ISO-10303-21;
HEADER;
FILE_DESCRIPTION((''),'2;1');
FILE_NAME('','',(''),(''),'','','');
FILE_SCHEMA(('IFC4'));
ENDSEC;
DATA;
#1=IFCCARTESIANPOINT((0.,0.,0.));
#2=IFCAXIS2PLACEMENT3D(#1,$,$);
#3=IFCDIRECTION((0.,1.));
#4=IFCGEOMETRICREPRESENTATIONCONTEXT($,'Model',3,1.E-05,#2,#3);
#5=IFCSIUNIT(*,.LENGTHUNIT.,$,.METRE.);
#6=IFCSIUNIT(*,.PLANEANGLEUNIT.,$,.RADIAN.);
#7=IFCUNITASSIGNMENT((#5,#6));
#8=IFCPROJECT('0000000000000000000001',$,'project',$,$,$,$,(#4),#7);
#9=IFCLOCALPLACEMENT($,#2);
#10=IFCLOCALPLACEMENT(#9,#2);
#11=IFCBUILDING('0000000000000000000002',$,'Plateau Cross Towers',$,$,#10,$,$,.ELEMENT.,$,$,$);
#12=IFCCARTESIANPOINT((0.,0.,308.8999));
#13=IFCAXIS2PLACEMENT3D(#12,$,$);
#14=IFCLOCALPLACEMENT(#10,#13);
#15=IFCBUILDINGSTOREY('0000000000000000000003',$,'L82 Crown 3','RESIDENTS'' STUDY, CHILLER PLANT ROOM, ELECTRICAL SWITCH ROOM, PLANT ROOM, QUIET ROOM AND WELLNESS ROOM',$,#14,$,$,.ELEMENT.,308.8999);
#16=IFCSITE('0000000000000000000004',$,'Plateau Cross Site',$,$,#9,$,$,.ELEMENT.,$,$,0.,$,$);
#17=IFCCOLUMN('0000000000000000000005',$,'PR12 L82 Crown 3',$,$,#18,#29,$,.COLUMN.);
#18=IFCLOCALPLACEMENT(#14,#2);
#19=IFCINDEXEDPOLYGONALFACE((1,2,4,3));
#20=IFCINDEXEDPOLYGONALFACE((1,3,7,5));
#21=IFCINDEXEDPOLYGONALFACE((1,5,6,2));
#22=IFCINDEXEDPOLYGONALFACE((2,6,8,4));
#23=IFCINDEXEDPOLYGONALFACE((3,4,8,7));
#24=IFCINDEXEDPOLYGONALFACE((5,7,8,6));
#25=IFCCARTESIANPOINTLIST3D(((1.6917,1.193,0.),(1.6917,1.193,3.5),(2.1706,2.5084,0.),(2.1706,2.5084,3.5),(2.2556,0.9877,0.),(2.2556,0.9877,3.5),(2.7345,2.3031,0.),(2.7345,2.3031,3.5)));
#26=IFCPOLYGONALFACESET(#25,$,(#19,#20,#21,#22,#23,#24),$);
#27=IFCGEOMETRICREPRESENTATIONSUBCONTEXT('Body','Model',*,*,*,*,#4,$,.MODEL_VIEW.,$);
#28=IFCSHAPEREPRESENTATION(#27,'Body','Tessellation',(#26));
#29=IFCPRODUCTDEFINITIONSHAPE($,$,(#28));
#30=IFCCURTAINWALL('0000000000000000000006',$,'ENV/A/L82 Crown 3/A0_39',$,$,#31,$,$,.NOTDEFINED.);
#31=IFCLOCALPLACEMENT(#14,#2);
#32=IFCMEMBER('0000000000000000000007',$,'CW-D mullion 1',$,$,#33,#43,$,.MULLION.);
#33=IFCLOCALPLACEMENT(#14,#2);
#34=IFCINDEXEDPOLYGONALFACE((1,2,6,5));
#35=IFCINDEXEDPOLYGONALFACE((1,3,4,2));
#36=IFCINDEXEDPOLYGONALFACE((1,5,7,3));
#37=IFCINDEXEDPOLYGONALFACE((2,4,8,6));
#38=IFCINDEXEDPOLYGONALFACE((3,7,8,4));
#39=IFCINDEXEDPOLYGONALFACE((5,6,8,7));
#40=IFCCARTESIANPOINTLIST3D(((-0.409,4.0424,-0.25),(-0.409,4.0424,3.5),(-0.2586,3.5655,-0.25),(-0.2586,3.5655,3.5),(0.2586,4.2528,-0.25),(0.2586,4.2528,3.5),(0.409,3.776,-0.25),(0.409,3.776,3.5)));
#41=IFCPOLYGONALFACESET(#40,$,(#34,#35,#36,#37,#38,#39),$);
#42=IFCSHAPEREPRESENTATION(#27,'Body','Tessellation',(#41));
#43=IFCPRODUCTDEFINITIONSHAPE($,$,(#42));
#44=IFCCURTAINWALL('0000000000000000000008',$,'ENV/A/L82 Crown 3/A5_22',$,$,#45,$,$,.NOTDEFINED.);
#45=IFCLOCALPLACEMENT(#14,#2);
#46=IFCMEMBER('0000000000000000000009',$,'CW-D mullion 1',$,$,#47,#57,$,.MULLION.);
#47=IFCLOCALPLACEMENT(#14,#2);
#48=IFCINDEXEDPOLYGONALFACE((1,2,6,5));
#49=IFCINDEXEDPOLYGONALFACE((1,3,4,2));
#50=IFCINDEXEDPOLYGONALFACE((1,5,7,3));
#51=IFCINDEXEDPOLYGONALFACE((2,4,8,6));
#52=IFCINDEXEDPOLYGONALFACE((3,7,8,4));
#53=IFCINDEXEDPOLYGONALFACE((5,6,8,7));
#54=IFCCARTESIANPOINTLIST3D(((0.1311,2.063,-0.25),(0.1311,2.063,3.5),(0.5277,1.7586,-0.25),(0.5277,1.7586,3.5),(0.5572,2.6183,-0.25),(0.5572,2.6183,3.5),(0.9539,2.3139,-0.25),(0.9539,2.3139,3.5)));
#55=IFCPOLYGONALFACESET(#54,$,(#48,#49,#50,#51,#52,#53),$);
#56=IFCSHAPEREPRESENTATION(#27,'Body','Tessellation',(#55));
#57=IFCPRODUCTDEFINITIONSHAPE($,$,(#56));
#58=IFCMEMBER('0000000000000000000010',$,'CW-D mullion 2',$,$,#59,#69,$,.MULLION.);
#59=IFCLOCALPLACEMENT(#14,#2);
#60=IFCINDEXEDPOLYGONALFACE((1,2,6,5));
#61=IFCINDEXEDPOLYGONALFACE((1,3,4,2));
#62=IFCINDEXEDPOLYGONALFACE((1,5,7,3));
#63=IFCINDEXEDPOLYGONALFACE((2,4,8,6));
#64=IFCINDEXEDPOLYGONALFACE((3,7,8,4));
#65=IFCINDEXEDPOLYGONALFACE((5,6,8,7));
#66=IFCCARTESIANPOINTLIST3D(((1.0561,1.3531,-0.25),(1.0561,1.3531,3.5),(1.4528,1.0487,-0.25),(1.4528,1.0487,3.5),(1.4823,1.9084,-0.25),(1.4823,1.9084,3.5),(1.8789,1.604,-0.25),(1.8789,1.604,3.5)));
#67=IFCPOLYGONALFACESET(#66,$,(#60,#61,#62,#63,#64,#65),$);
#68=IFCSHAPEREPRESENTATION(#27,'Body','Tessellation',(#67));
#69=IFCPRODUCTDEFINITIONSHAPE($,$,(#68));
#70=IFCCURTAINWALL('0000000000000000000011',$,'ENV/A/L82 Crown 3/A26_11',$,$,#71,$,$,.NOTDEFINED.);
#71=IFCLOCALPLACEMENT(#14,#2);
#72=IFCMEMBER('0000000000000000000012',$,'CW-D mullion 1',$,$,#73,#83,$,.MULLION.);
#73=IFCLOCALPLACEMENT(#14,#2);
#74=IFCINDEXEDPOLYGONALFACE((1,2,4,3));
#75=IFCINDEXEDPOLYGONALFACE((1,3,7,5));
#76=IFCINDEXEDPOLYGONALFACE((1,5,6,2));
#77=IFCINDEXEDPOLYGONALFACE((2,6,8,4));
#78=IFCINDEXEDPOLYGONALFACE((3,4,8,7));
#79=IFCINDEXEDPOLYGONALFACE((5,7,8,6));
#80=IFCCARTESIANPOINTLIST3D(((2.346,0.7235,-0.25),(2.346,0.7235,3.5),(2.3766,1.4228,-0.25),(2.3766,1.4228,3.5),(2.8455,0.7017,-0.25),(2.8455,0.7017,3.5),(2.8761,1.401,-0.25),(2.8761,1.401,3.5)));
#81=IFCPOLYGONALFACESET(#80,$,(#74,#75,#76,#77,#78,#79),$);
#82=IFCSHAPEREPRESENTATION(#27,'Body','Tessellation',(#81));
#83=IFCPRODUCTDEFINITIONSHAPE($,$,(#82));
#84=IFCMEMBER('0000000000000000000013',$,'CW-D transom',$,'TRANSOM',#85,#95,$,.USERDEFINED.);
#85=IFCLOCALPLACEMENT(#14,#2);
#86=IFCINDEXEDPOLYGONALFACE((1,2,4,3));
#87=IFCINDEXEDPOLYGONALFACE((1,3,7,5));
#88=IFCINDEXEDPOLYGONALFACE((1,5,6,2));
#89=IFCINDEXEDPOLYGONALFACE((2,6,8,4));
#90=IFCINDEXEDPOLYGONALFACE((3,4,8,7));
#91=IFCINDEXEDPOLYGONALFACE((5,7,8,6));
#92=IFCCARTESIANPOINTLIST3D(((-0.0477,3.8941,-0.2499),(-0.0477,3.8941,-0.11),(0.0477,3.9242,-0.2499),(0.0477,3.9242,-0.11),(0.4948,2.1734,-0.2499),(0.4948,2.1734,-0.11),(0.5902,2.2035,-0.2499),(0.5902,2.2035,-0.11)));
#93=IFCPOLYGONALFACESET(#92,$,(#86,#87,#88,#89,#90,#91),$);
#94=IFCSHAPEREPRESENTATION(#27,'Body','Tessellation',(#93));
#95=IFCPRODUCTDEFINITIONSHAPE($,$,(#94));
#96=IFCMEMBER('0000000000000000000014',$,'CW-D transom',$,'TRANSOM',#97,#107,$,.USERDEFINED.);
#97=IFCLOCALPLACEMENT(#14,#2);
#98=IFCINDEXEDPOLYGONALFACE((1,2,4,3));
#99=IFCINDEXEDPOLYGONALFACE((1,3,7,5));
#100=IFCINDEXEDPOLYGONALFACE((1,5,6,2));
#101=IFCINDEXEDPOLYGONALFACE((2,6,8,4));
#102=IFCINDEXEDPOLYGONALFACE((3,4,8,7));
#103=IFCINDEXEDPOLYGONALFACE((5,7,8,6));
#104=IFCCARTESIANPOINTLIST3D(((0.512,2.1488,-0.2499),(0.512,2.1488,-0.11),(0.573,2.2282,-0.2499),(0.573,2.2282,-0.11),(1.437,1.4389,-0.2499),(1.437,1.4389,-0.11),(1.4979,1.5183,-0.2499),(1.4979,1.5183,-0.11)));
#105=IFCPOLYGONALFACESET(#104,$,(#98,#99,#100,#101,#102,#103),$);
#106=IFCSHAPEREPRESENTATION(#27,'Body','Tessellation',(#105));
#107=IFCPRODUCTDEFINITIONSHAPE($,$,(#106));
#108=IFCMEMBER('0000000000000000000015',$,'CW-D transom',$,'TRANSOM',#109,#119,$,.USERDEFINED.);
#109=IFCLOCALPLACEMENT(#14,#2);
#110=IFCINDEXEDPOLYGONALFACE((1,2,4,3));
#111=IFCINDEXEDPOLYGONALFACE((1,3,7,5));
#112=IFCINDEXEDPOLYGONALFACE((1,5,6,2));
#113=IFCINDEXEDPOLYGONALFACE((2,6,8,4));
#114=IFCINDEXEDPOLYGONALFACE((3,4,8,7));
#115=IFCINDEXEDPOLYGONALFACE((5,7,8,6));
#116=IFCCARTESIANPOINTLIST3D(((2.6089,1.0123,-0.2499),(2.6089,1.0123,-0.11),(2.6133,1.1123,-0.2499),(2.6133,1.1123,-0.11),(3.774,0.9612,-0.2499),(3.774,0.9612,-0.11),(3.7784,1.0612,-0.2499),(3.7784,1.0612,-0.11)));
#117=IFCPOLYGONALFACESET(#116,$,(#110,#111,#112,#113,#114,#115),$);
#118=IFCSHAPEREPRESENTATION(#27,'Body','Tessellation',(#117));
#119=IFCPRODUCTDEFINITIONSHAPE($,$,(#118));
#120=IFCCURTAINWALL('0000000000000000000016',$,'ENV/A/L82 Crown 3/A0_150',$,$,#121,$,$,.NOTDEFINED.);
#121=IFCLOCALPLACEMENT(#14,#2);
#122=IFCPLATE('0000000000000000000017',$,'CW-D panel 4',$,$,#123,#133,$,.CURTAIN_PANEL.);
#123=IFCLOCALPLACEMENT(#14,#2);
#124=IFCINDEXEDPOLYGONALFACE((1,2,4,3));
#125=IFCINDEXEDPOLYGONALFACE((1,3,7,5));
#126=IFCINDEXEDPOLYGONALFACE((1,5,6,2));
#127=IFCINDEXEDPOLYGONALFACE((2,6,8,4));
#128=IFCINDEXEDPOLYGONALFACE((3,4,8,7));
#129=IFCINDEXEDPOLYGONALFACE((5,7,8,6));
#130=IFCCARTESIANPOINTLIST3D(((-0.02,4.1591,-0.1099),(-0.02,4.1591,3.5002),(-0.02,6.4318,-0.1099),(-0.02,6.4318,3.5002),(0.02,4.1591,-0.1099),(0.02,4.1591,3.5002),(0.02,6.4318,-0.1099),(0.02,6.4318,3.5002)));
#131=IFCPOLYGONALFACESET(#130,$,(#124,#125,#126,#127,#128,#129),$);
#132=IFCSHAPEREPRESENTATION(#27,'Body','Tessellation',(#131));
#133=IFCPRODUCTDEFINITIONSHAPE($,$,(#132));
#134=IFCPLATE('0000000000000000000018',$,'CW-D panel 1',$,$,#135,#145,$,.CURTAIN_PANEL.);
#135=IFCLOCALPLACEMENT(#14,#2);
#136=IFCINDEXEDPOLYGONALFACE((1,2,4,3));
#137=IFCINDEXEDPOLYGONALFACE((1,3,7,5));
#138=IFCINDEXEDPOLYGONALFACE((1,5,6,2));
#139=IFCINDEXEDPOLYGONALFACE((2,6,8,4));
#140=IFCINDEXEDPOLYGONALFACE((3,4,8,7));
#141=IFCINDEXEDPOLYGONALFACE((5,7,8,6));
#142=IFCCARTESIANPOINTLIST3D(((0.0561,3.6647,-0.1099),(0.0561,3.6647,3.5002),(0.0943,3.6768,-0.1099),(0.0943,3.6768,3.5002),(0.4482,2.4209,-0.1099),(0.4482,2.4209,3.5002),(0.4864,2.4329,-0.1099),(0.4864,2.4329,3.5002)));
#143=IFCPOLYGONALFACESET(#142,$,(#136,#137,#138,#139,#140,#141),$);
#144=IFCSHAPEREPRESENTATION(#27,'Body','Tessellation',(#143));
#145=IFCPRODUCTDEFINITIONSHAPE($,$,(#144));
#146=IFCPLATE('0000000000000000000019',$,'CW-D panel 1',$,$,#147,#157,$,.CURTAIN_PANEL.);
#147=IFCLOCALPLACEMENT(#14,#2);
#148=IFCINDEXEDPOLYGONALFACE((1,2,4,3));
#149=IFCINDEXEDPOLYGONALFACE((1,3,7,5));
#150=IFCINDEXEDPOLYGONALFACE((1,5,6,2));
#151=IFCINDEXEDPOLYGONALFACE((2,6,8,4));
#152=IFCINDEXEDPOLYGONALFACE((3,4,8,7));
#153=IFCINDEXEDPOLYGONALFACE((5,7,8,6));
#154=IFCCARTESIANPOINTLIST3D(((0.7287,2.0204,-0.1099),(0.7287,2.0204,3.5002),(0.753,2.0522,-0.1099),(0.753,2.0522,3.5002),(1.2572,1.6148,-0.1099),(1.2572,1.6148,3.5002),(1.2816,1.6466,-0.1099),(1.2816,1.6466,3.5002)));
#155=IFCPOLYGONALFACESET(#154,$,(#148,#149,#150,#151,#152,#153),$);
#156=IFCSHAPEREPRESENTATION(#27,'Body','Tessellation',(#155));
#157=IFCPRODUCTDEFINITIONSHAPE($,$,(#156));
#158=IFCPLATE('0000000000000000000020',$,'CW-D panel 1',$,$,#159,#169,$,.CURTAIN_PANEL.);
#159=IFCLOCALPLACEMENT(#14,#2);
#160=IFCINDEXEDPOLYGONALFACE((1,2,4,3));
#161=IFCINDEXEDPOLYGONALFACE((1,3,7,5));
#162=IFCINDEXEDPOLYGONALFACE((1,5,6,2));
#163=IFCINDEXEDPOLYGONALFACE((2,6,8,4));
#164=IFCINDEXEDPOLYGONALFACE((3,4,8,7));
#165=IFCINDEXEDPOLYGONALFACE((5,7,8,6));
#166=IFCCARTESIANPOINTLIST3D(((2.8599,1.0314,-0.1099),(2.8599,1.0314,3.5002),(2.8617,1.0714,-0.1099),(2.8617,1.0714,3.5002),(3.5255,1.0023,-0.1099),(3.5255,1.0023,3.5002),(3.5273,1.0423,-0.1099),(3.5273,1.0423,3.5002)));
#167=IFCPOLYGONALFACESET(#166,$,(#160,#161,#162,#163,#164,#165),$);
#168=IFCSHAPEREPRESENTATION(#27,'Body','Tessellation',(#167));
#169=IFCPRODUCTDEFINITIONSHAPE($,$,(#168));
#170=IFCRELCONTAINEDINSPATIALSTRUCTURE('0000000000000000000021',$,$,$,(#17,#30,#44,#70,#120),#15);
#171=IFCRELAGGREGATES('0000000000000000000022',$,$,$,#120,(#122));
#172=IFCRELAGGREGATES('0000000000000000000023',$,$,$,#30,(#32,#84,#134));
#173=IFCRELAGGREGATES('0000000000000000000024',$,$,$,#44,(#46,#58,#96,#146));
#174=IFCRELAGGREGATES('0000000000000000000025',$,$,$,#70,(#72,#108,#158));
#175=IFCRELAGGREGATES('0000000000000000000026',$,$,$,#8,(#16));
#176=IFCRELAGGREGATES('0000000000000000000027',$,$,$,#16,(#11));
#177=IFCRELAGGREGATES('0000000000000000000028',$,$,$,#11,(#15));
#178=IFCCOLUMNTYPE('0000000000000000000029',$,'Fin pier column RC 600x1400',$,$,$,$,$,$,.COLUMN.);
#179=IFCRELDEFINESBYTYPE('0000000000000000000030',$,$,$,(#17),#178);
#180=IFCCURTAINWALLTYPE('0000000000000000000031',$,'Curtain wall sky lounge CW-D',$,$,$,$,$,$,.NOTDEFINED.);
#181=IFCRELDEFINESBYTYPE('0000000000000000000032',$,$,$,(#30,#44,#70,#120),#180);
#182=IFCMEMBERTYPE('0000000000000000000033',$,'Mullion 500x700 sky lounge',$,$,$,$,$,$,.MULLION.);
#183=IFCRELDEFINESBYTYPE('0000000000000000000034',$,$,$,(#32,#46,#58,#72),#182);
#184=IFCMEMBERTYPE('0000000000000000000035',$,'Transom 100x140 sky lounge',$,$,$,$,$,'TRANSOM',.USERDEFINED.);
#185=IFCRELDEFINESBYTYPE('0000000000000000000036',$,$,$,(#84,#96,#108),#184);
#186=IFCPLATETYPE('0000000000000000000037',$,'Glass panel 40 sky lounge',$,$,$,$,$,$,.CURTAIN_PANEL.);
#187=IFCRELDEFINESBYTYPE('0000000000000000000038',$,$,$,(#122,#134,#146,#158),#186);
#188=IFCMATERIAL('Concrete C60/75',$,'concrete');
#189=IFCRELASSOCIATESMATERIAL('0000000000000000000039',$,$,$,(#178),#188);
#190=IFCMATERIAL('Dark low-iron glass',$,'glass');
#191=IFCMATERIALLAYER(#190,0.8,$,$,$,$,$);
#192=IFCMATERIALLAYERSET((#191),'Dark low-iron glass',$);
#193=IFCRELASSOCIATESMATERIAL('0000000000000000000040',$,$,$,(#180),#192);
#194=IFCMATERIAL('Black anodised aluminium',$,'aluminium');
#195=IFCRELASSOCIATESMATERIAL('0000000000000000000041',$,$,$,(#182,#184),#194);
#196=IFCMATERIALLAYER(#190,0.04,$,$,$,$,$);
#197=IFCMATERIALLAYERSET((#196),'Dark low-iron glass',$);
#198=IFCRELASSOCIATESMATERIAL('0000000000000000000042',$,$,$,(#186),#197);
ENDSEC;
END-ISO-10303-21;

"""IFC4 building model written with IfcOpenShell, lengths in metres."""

from ifc_helpers import new_model, si_unit, direction, frame, origin, origin_2d, place, context, subcontext, project, spatial, rectangle, extrude, material, layer, layer_set, material_profile, profile_set, type_object, element, aggregate, save


model = new_model("IFC4")

# Units and contexts
model_context = context("Model", 3, precision=1e-05, world=origin(), true_north=direction((0.0, 1.0)))
body_context = subcontext(model_context, "Body", "Model", "MODEL_VIEW")
ifc_project = project(units=[si_unit("LENGTHUNIT", "METRE"), si_unit("PLANEANGLEUNIT", "RADIAN")], contexts=[model_context])

# Site, building, storey
site_placement = place(None, origin())
site = spatial("IfcSite", under=ifc_project, at=site_placement, Name="Plateau Cross Site", CompositionType="ELEMENT", RefElevation=0.0)
building_placement = place(site_placement, origin())
building = spatial("IfcBuilding", under=site, at=building_placement, Name="Plateau Cross Towers", CompositionType="ELEMENT")
storey_placement = place(building_placement, frame((0.0, 0.0, 308.8999)))
storey = spatial("IfcBuildingStorey", under=building, at=storey_placement, Name="L82 Crown 3", Description="RESIDENTS' STUDY, CHILLER PLANT ROOM, ELECTRICAL SWITCH ROOM, PLANT ROOM, QUIET ROOM AND WELLNESS ROOM", CompositionType="ELEMENT", Elevation=308.8999)

# Column
ifc_material_1 = material(Name="Concrete C60/75", Category="concrete")
ifc_material_profile_1 = material_profile(ifc_material_1, rectangle(XDim=0.6001, YDim=1.3999, at=origin_2d()), Name="RC 600x1400")
ifc_profile_set_1 = profile_set([ifc_material_profile_1], Name="Concrete C60/75")
column_type = type_object("IfcColumnType", Name="Fin pier column RC 600x1400", PredefinedType="COLUMN", material=ifc_profile_set_1)
column_placement = place(storey_placement, frame((2.2131, 1.748, 0.0), z_axis=(0.0, 0.0, 1.0), x_axis=(-0.939664, 0.342098, 0.0)))
element("IfcColumn", 1, at=column_placement, inside=storey, type_object=column_type, Name="PR12 L82 Crown 3", PredefinedType="COLUMN", context=body_context, shape_type="SweptSolid", body=[
    extrude(rectangle(XDim=0.6001, YDim=1.3999, at=origin_2d()), origin(), (0.0, 0.0, 1.0), 3.5),
])

# Curtain wall, member
ifc_material_2 = material(Name="Dark low-iron glass", Category="glass")
ifc_layer_1 = layer(ifc_material_2, 0.8)
ifc_layer_set_1 = layer_set([ifc_layer_1], Name="Dark low-iron glass")
curtain_wall_type = type_object("IfcCurtainWallType", Name="Curtain wall sky lounge CW-D", PredefinedType="NOTDEFINED", material=ifc_layer_set_1)
curtain_wall_1_placement = place(storey_placement, origin())
curtain_wall_1 = element("IfcCurtainWall", 2, at=curtain_wall_1_placement, inside=storey, type_object=curtain_wall_type, Name="ENV/A/L82 Crown 3/A0_39", PredefinedType="NOTDEFINED")
ifc_material_3 = material(Name="Black anodised aluminium", Category="aluminium")
ifc_material_profile_2 = material_profile(ifc_material_3, rectangle(XDim=0.5, YDim=0.7, at=origin_2d()), Name="MULLION 500x700")
ifc_profile_set_2 = profile_set([ifc_material_profile_2], Name="Black anodised aluminium")
member_type_1 = type_object("IfcMemberType", Name="Mullion 500x700 sky lounge", PredefinedType="MULLION", material=ifc_profile_set_2)
member_1_placement = place(storey_placement, frame((0.0, 3.9092, -0.25), z_axis=(0.0, 0.0, 1.0), x_axis=(0.300686, -0.953723, 0.0)))
member_1 = element("IfcMember", 3, at=member_1_placement, type_object=member_type_1, Name="CW-D mullion 1", PredefinedType="MULLION", context=body_context, shape_type="SweptSolid", body=[
    extrude(rectangle(XDim=0.5, YDim=0.7, at=origin_2d()), origin(), (0.0, 0.0, 1.0), 3.75),
])

# Curtain wall, members
curtain_wall_2_placement = place(storey_placement, origin())
curtain_wall_2 = element("IfcCurtainWall", 4, at=curtain_wall_2_placement, inside=storey, type_object=curtain_wall_type, Name="ENV/A/L82 Crown 3/A5_22", PredefinedType="NOTDEFINED")
member_2_placement = place(storey_placement, frame((0.5425, 2.1885, -0.25), z_axis=(0.0, 0.0, 1.0), x_axis=(0.793316, -0.608811, 0.0)))
member_2 = element("IfcMember", 5, at=member_2_placement, type_object=member_type_1, Name="CW-D mullion 1", PredefinedType="MULLION", context=body_context, shape_type="SweptSolid", body=[
    extrude(rectangle(XDim=0.5, YDim=0.7, at=origin_2d()), origin(), (0.0, 0.0, 1.0), 3.75),
])
member_3_placement = place(storey_placement, frame((1.4675, 1.4785, -0.25), z_axis=(0.0, 0.0, 1.0), x_axis=(0.793316, -0.608811, 0.0)))
member_3 = element("IfcMember", 6, at=member_3_placement, type_object=member_type_1, Name="CW-D mullion 2", PredefinedType="MULLION", context=body_context, shape_type="SweptSolid", body=[
    extrude(rectangle(XDim=0.5, YDim=0.7, at=origin_2d()), origin(), (0.0, 0.0, 1.0), 3.75),
])

# Curtain wall, member
curtain_wall_3_placement = place(storey_placement, origin())
curtain_wall_3 = element("IfcCurtainWall", 7, at=curtain_wall_3_placement, inside=storey, type_object=curtain_wall_type, Name="ENV/A/L82 Crown 3/A26_11", PredefinedType="NOTDEFINED")
member_4_placement = place(storey_placement, frame((2.6111, 1.0623, -0.25), z_axis=(0.0, 0.0, 1.0), x_axis=(0.999044, -0.043723, 0.0)))
member_4 = element("IfcMember", 8, at=member_4_placement, type_object=member_type_1, Name="CW-D mullion 1", PredefinedType="MULLION", context=body_context, shape_type="SweptSolid", body=[
    extrude(rectangle(XDim=0.5, YDim=0.7, at=origin_2d()), origin(), (0.0, 0.0, 1.0), 3.75),
])

# Members
ifc_material_profile_3 = material_profile(ifc_material_3, rectangle(XDim=0.1001, YDim=0.1399, at=origin_2d()), Name="TRANSOM 100x140")
ifc_profile_set_3 = profile_set([ifc_material_profile_3], Name="Black anodised aluminium")
member_type_2 = type_object("IfcMemberType", Name="Transom 100x140 sky lounge", ElementType="TRANSOM", PredefinedType="USERDEFINED", material=ifc_profile_set_3)
member_5_placement = place(storey_placement, frame((0.0, 3.9092, -0.1799), z_axis=(0.300678, -0.953726, 0.0), x_axis=(0.953726, 0.300678, 0.0)))
member_5 = element("IfcMember", 9, at=member_5_placement, type_object=member_type_2, Name="CW-D transom", ObjectType="TRANSOM", PredefinedType="USERDEFINED", context=body_context, shape_type="SweptSolid", body=[
    extrude(rectangle(XDim=0.1001, YDim=0.1399, at=origin_2d()), origin(), (0.0, 0.0, 1.0), 1.8042),
])
member_6_placement = place(storey_placement, frame((0.5425, 2.1885, -0.1799), z_axis=(0.793293, -0.60884, 0.0), x_axis=(0.60884, 0.793293, 0.0)))
member_6 = element("IfcMember", 10, at=member_6_placement, type_object=member_type_2, Name="CW-D transom", ObjectType="TRANSOM", PredefinedType="USERDEFINED", context=body_context, shape_type="SweptSolid", body=[
    extrude(rectangle(XDim=0.1001, YDim=0.1399, at=origin_2d()), origin(), (0.0, 0.0, 1.0), 1.166),
])
member_7_placement = place(storey_placement, frame((2.6111, 1.0623, -0.1799), z_axis=(0.999042, -0.043755, 0.0), x_axis=(0.043755, 0.999042, 0.0)))
member_7 = element("IfcMember", 11, at=member_7_placement, type_object=member_type_2, Name="CW-D transom", ObjectType="TRANSOM", PredefinedType="USERDEFINED", context=body_context, shape_type="SweptSolid", body=[
    extrude(rectangle(XDim=0.1001, YDim=0.1399, at=origin_2d()), origin(), (0.0, 0.0, 1.0), 1.1663),
])

# Curtain wall, plate
curtain_wall_4_placement = place(storey_placement, origin())
curtain_wall_4 = element("IfcCurtainWall", 12, at=curtain_wall_4_placement, inside=storey, type_object=curtain_wall_type, Name="ENV/A/L82 Crown 3/A0_150", PredefinedType="NOTDEFINED")
ifc_layer_2 = layer(ifc_material_2, 0.04)
ifc_layer_set_2 = layer_set([ifc_layer_2], Name="Dark low-iron glass")
plate_type = type_object("IfcPlateType", Name="Glass panel 40 sky lounge", PredefinedType="CURTAIN_PANEL", material=ifc_layer_set_2)
plate_1_placement = place(storey_placement, frame((0.0, 5.2954, -0.1099), z_axis=(0.0, 0.0, 1.0), x_axis=(0.0, -1.0, 0.0)))
plate_1 = element("IfcPlate", 13, at=plate_1_placement, type_object=plate_type, Name="CW-D panel 4", PredefinedType="CURTAIN_PANEL", context=body_context, shape_type="SweptSolid", body=[
    extrude(rectangle(XDim=2.2727, YDim=0.04, at=origin_2d()), origin(), (0.0, 0.0, 1.0), 3.6101),
])
aggregate(curtain_wall_4, [plate_1])

# Plates
plate_2_placement = place(storey_placement, frame((0.2712, 3.0488, -0.1099), z_axis=(0.0, 0.0, 1.0), x_axis=(0.300686, -0.953723, 0.0)))
plate_2 = element("IfcPlate", 14, at=plate_2_placement, type_object=plate_type, Name="CW-D panel 1", PredefinedType="CURTAIN_PANEL", context=body_context, shape_type="SweptSolid", body=[
    extrude(rectangle(XDim=1.3042, YDim=0.04, at=origin_2d()), origin(), (0.0, 0.0, 1.0), 3.6101),
])
aggregate(curtain_wall_1, [member_1, member_5, plate_2])
plate_3_placement = place(storey_placement, frame((1.0051, 1.8335, -0.1099), z_axis=(0.0, 0.0, 1.0), x_axis=(0.793316, -0.608811, 0.0)))
plate_3 = element("IfcPlate", 15, at=plate_3_placement, type_object=plate_type, Name="CW-D panel 1", PredefinedType="CURTAIN_PANEL", context=body_context, shape_type="SweptSolid", body=[
    extrude(rectangle(XDim=0.6663, YDim=0.04, at=origin_2d()), origin(), (0.0, 0.0, 1.0), 3.6101),
])
aggregate(curtain_wall_2, [member_2, member_3, member_6, plate_3])
plate_4_placement = place(storey_placement, frame((3.1936, 1.0369, -0.1099), z_axis=(0.0, 0.0, 1.0), x_axis=(0.999044, -0.043723, 0.0)))
plate_4 = element("IfcPlate", 16, at=plate_4_placement, type_object=plate_type, Name="CW-D panel 1", PredefinedType="CURTAIN_PANEL", context=body_context, shape_type="SweptSolid", body=[
    extrude(rectangle(XDim=0.6663, YDim=0.04, at=origin_2d()), origin(), (0.0, 0.0, 1.0), 3.6101),
])
aggregate(curtain_wall_3, [member_4, member_7, plate_4])

save(model, "model.ifc")
